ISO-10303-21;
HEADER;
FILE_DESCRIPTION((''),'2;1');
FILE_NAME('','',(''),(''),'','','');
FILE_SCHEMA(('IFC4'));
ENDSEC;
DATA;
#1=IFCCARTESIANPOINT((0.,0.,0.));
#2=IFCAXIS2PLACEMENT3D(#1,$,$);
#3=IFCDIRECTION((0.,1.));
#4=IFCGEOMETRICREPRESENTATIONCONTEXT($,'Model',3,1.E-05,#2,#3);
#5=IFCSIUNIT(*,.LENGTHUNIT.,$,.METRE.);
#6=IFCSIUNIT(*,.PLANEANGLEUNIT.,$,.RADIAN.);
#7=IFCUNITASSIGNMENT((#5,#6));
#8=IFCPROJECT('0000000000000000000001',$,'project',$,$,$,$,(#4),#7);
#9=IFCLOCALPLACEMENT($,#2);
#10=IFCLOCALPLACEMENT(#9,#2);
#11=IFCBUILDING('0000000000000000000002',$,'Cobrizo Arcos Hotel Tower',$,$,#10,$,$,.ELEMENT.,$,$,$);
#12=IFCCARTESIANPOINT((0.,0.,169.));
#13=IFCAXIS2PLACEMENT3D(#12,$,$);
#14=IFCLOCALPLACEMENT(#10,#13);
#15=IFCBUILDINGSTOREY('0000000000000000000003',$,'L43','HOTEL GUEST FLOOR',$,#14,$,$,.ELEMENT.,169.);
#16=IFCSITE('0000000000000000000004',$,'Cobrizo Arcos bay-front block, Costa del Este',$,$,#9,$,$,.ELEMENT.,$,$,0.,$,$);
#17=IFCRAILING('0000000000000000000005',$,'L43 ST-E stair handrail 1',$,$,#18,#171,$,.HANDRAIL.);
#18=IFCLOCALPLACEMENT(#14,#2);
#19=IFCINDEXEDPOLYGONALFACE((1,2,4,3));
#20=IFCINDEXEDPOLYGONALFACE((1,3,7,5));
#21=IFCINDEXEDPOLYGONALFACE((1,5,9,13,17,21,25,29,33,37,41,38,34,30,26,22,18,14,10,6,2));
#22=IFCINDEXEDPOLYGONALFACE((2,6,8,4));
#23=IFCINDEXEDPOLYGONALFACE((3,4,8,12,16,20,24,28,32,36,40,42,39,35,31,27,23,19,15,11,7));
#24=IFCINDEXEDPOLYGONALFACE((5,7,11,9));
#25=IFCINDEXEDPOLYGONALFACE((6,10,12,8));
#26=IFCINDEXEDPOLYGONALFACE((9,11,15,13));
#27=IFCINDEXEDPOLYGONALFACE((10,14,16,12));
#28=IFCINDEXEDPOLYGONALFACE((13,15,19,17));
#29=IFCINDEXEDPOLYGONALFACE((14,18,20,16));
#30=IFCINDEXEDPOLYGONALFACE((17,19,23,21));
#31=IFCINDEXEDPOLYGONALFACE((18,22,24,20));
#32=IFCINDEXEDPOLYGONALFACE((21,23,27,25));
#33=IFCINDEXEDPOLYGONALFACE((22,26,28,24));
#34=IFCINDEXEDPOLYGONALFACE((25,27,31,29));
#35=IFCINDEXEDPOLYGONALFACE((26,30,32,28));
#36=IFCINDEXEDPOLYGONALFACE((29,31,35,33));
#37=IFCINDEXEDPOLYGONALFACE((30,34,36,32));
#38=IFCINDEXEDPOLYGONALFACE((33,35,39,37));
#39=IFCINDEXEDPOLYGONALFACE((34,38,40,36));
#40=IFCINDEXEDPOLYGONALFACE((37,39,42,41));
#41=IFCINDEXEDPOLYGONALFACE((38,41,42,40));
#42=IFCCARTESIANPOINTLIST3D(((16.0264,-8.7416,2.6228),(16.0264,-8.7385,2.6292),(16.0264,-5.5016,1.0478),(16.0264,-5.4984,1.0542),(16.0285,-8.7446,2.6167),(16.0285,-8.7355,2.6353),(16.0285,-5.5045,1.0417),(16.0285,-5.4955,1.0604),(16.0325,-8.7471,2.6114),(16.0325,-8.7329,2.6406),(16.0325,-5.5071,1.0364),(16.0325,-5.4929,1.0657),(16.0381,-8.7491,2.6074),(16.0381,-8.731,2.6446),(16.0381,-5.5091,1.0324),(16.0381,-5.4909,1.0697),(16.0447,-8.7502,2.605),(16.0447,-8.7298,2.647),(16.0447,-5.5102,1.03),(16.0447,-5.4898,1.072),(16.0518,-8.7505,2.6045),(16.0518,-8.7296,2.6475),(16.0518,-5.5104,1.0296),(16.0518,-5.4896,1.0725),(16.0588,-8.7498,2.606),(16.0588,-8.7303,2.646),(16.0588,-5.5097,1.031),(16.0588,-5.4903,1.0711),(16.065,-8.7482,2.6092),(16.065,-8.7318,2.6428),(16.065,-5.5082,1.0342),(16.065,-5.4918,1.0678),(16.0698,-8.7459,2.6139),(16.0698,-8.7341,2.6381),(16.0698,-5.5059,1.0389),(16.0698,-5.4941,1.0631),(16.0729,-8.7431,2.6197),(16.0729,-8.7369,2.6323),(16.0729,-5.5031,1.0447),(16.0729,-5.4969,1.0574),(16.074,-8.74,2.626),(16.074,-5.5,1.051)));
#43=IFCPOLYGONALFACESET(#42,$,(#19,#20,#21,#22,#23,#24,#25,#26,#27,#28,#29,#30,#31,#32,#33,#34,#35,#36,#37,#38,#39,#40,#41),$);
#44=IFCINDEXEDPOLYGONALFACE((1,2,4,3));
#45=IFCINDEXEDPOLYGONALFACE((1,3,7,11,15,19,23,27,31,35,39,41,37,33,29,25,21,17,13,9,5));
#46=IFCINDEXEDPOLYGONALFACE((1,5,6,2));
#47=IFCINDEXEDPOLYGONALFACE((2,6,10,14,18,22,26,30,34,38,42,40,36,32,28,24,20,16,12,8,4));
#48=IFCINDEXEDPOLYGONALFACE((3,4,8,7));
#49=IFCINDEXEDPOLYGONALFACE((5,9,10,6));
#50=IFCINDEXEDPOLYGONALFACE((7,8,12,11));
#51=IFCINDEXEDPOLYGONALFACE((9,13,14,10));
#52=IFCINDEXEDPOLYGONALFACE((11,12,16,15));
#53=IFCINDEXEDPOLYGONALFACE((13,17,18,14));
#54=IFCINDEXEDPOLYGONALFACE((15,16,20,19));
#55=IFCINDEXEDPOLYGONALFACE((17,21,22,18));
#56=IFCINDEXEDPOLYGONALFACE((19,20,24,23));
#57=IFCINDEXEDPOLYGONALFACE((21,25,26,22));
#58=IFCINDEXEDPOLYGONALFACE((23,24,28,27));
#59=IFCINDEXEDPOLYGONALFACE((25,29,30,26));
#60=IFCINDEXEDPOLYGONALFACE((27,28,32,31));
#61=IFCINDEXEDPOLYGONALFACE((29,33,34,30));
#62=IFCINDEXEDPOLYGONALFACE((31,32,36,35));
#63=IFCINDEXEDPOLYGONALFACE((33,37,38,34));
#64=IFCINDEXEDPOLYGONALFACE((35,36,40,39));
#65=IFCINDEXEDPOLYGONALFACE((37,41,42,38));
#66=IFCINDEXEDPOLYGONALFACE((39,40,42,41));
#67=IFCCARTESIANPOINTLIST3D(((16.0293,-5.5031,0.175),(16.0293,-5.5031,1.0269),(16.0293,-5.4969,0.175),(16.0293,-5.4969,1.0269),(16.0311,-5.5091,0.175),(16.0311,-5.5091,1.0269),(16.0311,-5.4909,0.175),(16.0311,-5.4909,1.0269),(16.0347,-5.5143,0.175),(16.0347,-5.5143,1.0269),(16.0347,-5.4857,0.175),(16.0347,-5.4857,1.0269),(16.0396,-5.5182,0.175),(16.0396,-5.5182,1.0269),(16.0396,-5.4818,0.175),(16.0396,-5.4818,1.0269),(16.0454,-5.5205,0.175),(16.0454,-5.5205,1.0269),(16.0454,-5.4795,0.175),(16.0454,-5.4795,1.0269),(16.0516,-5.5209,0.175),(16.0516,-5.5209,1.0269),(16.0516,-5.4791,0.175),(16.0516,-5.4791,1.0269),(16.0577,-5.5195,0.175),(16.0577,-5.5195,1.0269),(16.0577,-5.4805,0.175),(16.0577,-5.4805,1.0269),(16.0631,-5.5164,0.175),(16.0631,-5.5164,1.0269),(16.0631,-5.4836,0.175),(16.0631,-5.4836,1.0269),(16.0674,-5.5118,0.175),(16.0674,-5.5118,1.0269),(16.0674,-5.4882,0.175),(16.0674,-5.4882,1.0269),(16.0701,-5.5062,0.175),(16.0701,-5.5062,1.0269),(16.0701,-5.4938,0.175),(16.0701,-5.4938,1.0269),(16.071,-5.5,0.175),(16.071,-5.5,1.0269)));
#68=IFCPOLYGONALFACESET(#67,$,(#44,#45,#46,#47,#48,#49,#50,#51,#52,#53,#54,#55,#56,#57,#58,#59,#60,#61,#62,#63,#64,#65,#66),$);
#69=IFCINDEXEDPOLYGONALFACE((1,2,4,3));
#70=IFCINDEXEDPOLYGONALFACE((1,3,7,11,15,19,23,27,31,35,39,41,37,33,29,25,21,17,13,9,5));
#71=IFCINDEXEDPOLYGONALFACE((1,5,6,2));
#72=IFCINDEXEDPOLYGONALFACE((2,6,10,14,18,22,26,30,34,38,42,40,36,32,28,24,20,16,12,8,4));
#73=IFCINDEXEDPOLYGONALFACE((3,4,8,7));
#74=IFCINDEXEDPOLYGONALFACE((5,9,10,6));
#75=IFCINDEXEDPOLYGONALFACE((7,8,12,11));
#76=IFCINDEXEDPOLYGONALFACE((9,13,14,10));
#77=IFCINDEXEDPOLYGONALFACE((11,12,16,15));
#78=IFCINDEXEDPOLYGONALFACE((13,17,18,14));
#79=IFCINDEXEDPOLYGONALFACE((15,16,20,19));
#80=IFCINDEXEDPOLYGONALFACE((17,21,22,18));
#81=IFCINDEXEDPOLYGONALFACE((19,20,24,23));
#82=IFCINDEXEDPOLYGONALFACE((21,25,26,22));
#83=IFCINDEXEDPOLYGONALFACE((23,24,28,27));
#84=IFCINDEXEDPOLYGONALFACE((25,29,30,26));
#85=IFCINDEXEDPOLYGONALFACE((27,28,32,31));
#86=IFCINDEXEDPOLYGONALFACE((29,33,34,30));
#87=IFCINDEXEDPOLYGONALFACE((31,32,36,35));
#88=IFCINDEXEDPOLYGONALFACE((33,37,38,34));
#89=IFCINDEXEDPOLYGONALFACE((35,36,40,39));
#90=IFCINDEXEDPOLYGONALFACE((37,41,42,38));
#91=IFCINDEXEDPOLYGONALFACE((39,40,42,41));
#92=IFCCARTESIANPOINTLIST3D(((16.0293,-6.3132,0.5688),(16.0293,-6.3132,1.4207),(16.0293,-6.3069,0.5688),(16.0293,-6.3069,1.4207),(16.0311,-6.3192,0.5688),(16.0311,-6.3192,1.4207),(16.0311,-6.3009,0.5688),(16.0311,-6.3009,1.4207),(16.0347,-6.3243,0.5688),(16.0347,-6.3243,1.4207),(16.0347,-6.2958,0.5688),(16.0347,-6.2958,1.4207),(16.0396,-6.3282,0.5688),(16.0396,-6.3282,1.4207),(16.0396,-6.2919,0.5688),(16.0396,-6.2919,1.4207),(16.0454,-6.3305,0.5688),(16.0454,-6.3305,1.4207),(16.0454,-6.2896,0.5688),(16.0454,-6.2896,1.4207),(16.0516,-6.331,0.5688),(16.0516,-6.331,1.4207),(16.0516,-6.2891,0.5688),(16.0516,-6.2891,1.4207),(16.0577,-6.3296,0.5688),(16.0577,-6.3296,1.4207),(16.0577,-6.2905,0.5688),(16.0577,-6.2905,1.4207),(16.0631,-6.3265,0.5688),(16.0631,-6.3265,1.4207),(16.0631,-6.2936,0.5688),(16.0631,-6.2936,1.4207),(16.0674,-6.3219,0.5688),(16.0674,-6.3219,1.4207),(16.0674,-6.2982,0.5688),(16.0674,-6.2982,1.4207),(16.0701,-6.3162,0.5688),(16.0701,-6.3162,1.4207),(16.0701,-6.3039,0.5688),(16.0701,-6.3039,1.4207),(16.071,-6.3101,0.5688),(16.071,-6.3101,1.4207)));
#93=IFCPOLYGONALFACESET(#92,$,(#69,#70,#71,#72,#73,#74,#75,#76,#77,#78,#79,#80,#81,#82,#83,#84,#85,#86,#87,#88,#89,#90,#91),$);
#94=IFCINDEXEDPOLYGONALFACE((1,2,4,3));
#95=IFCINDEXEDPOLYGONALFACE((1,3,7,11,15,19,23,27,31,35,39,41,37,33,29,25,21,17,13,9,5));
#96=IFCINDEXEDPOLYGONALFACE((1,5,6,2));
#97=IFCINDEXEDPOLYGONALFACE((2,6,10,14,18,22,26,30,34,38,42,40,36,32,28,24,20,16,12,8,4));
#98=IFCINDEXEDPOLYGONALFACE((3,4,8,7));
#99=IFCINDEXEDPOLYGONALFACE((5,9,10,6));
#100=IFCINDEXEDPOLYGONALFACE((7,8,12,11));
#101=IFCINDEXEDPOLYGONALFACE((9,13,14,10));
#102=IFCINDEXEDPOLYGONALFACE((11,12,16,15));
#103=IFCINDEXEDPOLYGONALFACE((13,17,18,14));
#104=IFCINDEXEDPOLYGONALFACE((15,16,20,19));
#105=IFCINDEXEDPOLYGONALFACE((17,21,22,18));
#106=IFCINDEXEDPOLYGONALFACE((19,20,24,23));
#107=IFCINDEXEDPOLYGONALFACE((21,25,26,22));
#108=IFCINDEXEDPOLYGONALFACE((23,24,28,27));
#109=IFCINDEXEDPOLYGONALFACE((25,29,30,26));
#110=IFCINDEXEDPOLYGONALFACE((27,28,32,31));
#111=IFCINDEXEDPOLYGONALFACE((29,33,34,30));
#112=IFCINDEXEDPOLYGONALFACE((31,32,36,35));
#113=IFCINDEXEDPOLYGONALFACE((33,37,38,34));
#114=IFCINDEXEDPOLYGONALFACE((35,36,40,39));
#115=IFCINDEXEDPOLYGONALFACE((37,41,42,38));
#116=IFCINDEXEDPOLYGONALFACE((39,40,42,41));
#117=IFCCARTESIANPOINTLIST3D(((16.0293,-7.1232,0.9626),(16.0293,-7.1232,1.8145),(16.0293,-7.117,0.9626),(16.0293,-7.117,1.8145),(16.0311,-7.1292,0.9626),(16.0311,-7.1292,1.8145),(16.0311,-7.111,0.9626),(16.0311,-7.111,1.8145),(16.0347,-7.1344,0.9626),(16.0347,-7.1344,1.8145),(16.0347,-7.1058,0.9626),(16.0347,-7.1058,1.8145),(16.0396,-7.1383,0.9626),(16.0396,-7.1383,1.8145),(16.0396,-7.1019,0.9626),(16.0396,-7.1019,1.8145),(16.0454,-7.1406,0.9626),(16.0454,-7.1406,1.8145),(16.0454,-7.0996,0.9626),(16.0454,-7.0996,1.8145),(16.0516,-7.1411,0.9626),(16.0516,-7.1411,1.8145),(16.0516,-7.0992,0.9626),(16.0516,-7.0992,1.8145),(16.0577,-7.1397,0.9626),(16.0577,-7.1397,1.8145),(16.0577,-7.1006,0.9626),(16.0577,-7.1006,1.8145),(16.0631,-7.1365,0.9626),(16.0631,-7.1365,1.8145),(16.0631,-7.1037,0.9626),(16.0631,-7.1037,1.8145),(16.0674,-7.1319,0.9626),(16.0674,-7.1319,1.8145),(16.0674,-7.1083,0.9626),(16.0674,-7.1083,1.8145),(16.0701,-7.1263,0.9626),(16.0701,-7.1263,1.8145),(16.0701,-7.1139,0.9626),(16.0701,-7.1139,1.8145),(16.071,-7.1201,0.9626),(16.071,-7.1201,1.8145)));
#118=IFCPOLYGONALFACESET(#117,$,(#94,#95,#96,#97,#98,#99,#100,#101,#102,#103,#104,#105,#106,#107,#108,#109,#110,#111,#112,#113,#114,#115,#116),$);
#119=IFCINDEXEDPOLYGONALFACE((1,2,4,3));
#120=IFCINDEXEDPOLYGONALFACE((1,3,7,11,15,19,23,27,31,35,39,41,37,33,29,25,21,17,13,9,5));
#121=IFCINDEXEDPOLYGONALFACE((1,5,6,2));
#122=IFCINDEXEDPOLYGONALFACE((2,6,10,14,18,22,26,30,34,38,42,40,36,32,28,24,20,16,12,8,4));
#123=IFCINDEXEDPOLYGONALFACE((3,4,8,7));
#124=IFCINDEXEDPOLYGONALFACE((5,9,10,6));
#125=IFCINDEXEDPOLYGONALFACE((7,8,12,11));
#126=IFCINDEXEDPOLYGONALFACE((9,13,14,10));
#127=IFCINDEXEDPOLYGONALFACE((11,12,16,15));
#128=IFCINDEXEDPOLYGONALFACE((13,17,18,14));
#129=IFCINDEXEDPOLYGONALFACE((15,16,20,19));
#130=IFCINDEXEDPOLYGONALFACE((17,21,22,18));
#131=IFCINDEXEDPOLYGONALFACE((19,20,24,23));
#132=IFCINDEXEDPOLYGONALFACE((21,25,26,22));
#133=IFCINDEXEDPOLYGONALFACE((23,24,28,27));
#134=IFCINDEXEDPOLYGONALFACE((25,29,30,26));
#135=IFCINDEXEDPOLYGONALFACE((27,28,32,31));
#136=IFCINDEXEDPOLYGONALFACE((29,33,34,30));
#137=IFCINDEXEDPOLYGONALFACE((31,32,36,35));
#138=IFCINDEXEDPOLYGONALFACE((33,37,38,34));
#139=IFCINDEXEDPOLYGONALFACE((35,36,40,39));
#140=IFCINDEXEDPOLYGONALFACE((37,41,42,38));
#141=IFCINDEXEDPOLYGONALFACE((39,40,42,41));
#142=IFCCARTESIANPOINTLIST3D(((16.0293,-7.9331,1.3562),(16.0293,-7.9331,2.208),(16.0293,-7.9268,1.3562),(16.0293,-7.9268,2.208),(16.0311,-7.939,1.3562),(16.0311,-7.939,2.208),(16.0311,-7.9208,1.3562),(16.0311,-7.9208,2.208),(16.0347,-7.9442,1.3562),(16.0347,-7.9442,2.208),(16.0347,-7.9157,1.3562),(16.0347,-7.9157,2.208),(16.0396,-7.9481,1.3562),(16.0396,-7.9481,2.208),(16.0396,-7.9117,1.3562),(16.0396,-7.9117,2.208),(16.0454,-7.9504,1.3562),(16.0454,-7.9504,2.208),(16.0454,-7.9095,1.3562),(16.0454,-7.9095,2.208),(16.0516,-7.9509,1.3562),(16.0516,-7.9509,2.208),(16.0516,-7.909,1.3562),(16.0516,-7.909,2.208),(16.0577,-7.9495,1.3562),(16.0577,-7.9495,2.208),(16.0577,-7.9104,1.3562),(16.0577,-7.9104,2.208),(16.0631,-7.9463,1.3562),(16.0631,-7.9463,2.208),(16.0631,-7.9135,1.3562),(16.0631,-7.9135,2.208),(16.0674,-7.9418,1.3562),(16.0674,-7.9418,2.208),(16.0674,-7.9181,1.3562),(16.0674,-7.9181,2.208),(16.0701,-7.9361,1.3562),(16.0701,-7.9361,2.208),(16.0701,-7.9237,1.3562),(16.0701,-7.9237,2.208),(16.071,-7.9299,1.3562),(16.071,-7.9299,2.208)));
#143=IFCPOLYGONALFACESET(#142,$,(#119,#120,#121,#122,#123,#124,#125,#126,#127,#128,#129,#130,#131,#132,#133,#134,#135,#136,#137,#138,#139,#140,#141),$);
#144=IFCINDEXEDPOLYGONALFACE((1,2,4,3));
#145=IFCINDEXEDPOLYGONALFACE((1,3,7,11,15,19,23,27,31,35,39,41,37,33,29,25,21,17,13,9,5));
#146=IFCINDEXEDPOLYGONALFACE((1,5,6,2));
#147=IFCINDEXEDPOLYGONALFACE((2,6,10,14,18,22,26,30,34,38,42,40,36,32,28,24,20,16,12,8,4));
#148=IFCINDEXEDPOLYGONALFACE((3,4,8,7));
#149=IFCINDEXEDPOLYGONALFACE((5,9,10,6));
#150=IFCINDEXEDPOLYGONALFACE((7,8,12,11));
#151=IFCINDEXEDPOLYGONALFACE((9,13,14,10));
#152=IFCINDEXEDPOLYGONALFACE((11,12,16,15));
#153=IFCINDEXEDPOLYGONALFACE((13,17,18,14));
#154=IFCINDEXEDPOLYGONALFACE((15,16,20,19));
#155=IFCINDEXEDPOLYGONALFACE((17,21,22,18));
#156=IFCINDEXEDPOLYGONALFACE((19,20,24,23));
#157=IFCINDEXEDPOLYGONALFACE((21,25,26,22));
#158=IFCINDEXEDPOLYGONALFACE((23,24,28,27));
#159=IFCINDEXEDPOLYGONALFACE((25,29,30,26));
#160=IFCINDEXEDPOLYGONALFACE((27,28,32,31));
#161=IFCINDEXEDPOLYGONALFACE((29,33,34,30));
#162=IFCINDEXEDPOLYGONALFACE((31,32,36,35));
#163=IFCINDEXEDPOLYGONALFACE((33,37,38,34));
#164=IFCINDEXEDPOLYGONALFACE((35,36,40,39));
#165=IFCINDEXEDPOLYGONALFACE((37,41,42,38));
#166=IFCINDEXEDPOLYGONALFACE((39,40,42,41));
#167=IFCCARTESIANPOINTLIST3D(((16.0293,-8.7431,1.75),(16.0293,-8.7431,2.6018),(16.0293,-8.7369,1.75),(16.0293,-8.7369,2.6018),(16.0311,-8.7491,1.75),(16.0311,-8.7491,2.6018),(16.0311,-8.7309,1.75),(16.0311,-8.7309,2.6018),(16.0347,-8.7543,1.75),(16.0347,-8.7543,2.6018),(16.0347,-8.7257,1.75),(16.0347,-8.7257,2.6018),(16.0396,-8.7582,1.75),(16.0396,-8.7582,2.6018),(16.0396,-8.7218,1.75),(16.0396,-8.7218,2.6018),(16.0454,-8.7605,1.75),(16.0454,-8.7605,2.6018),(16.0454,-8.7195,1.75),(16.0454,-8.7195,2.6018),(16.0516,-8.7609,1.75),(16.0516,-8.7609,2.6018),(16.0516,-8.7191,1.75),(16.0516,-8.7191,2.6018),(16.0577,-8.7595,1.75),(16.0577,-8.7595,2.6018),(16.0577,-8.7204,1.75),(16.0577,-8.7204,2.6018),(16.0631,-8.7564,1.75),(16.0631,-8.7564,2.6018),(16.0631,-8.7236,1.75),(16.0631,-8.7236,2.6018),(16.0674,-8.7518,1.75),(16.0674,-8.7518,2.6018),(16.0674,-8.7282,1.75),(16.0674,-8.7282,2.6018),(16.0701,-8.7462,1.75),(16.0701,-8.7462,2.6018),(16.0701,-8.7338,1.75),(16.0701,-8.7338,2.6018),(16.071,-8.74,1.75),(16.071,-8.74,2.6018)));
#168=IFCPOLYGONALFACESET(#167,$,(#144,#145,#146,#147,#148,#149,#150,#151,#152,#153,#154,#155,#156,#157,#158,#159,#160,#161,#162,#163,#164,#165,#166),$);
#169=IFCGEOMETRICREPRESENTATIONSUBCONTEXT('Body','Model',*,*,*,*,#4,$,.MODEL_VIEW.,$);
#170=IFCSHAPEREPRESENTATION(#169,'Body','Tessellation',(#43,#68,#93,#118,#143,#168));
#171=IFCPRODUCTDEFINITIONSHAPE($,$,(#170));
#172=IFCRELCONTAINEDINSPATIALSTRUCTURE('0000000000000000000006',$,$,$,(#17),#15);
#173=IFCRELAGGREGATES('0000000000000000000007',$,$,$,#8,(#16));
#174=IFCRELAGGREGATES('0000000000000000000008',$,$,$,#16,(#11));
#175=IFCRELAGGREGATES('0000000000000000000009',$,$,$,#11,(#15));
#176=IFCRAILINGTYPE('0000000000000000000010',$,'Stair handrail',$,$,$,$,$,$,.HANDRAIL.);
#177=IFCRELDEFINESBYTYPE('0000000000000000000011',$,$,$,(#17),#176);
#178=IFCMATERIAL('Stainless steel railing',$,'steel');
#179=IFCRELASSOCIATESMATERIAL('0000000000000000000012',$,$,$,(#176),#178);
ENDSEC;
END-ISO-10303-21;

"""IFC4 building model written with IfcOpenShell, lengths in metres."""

from ifc_helpers import new_model, si_unit, direction, frame, origin, origin_2d, place, context, subcontext, project, spatial, circle, extrude, material, type_object, element, save


model = new_model("IFC4")

# Units and contexts
model_context = context("Model", 3, precision=1e-05, world=origin(), true_north=direction((0.0, 1.0)))
body_context = subcontext(model_context, "Body", "Model", "MODEL_VIEW")
ifc_project = project(units=[si_unit("LENGTHUNIT", "METRE"), si_unit("PLANEANGLEUNIT", "RADIAN")], contexts=[model_context])

# Site, building, storey
site_placement = place(None, origin())
site = spatial("IfcSite", under=ifc_project, at=site_placement, Name="Cobrizo Arcos bay-front block, Costa del Este", CompositionType="ELEMENT", RefElevation=0.0)
building_placement = place(site_placement, origin())
building = spatial("IfcBuilding", under=site, at=building_placement, Name="Cobrizo Arcos Hotel Tower", CompositionType="ELEMENT")
storey_placement = place(building_placement, frame((0.0, 0.0, 169.0)))
storey = spatial("IfcBuildingStorey", under=building, at=storey_placement, Name="L43", Description="HOTEL GUEST FLOOR", CompositionType="ELEMENT", Elevation=169.0)

# Railing
ifc_material_1 = material(Name="Stainless steel railing", Category="steel")
railing_type_1 = type_object("IfcRailingType", Name="Stair handrail", PredefinedType="HANDRAIL", material=ifc_material_1)
railing_1_placement = place(storey_placement, frame((16.05, -5.5, 0.175)))
element("IfcRailing", 1, at=railing_1_placement, inside=storey, type_object=railing_type_1, Name="L43 ST-E stair handrail 1", PredefinedType="HANDRAIL", context=body_context, shape_type="SweptSolid", body=[
    extrude(circle(Radius=0.0239, at=origin_2d()), frame((0.0, 0.0, 0.876), z_axis=(0.0, -0.899373, 0.437183), x_axis=(1.0, 0.0, 0.0)), (0.0, 0.0, 1.0), 3.6025),
    extrude(circle(Radius=0.021, at=origin_2d()), origin(), (0.0, 0.0, 1.0), 0.8518),
    extrude(circle(Radius=0.021, at=origin_2d()), frame((0.0, -0.8101, 0.3938)), (0.0, 0.0, 1.0), 0.8518),
    extrude(circle(Radius=0.021, at=origin_2d()), frame((0.0, -1.6201, 0.7876)), (0.0, 0.0, 1.0), 0.8518),
    extrude(circle(Radius=0.021, at=origin_2d()), frame((0.0, -2.4299, 1.1812)), (0.0, 0.0, 1.0), 0.8518),
    extrude(circle(Radius=0.021, at=origin_2d()), frame((0.0, -3.24, 1.575)), (0.0, 0.0, 1.0), 0.8518),
])

save(model, "model.ifc")
